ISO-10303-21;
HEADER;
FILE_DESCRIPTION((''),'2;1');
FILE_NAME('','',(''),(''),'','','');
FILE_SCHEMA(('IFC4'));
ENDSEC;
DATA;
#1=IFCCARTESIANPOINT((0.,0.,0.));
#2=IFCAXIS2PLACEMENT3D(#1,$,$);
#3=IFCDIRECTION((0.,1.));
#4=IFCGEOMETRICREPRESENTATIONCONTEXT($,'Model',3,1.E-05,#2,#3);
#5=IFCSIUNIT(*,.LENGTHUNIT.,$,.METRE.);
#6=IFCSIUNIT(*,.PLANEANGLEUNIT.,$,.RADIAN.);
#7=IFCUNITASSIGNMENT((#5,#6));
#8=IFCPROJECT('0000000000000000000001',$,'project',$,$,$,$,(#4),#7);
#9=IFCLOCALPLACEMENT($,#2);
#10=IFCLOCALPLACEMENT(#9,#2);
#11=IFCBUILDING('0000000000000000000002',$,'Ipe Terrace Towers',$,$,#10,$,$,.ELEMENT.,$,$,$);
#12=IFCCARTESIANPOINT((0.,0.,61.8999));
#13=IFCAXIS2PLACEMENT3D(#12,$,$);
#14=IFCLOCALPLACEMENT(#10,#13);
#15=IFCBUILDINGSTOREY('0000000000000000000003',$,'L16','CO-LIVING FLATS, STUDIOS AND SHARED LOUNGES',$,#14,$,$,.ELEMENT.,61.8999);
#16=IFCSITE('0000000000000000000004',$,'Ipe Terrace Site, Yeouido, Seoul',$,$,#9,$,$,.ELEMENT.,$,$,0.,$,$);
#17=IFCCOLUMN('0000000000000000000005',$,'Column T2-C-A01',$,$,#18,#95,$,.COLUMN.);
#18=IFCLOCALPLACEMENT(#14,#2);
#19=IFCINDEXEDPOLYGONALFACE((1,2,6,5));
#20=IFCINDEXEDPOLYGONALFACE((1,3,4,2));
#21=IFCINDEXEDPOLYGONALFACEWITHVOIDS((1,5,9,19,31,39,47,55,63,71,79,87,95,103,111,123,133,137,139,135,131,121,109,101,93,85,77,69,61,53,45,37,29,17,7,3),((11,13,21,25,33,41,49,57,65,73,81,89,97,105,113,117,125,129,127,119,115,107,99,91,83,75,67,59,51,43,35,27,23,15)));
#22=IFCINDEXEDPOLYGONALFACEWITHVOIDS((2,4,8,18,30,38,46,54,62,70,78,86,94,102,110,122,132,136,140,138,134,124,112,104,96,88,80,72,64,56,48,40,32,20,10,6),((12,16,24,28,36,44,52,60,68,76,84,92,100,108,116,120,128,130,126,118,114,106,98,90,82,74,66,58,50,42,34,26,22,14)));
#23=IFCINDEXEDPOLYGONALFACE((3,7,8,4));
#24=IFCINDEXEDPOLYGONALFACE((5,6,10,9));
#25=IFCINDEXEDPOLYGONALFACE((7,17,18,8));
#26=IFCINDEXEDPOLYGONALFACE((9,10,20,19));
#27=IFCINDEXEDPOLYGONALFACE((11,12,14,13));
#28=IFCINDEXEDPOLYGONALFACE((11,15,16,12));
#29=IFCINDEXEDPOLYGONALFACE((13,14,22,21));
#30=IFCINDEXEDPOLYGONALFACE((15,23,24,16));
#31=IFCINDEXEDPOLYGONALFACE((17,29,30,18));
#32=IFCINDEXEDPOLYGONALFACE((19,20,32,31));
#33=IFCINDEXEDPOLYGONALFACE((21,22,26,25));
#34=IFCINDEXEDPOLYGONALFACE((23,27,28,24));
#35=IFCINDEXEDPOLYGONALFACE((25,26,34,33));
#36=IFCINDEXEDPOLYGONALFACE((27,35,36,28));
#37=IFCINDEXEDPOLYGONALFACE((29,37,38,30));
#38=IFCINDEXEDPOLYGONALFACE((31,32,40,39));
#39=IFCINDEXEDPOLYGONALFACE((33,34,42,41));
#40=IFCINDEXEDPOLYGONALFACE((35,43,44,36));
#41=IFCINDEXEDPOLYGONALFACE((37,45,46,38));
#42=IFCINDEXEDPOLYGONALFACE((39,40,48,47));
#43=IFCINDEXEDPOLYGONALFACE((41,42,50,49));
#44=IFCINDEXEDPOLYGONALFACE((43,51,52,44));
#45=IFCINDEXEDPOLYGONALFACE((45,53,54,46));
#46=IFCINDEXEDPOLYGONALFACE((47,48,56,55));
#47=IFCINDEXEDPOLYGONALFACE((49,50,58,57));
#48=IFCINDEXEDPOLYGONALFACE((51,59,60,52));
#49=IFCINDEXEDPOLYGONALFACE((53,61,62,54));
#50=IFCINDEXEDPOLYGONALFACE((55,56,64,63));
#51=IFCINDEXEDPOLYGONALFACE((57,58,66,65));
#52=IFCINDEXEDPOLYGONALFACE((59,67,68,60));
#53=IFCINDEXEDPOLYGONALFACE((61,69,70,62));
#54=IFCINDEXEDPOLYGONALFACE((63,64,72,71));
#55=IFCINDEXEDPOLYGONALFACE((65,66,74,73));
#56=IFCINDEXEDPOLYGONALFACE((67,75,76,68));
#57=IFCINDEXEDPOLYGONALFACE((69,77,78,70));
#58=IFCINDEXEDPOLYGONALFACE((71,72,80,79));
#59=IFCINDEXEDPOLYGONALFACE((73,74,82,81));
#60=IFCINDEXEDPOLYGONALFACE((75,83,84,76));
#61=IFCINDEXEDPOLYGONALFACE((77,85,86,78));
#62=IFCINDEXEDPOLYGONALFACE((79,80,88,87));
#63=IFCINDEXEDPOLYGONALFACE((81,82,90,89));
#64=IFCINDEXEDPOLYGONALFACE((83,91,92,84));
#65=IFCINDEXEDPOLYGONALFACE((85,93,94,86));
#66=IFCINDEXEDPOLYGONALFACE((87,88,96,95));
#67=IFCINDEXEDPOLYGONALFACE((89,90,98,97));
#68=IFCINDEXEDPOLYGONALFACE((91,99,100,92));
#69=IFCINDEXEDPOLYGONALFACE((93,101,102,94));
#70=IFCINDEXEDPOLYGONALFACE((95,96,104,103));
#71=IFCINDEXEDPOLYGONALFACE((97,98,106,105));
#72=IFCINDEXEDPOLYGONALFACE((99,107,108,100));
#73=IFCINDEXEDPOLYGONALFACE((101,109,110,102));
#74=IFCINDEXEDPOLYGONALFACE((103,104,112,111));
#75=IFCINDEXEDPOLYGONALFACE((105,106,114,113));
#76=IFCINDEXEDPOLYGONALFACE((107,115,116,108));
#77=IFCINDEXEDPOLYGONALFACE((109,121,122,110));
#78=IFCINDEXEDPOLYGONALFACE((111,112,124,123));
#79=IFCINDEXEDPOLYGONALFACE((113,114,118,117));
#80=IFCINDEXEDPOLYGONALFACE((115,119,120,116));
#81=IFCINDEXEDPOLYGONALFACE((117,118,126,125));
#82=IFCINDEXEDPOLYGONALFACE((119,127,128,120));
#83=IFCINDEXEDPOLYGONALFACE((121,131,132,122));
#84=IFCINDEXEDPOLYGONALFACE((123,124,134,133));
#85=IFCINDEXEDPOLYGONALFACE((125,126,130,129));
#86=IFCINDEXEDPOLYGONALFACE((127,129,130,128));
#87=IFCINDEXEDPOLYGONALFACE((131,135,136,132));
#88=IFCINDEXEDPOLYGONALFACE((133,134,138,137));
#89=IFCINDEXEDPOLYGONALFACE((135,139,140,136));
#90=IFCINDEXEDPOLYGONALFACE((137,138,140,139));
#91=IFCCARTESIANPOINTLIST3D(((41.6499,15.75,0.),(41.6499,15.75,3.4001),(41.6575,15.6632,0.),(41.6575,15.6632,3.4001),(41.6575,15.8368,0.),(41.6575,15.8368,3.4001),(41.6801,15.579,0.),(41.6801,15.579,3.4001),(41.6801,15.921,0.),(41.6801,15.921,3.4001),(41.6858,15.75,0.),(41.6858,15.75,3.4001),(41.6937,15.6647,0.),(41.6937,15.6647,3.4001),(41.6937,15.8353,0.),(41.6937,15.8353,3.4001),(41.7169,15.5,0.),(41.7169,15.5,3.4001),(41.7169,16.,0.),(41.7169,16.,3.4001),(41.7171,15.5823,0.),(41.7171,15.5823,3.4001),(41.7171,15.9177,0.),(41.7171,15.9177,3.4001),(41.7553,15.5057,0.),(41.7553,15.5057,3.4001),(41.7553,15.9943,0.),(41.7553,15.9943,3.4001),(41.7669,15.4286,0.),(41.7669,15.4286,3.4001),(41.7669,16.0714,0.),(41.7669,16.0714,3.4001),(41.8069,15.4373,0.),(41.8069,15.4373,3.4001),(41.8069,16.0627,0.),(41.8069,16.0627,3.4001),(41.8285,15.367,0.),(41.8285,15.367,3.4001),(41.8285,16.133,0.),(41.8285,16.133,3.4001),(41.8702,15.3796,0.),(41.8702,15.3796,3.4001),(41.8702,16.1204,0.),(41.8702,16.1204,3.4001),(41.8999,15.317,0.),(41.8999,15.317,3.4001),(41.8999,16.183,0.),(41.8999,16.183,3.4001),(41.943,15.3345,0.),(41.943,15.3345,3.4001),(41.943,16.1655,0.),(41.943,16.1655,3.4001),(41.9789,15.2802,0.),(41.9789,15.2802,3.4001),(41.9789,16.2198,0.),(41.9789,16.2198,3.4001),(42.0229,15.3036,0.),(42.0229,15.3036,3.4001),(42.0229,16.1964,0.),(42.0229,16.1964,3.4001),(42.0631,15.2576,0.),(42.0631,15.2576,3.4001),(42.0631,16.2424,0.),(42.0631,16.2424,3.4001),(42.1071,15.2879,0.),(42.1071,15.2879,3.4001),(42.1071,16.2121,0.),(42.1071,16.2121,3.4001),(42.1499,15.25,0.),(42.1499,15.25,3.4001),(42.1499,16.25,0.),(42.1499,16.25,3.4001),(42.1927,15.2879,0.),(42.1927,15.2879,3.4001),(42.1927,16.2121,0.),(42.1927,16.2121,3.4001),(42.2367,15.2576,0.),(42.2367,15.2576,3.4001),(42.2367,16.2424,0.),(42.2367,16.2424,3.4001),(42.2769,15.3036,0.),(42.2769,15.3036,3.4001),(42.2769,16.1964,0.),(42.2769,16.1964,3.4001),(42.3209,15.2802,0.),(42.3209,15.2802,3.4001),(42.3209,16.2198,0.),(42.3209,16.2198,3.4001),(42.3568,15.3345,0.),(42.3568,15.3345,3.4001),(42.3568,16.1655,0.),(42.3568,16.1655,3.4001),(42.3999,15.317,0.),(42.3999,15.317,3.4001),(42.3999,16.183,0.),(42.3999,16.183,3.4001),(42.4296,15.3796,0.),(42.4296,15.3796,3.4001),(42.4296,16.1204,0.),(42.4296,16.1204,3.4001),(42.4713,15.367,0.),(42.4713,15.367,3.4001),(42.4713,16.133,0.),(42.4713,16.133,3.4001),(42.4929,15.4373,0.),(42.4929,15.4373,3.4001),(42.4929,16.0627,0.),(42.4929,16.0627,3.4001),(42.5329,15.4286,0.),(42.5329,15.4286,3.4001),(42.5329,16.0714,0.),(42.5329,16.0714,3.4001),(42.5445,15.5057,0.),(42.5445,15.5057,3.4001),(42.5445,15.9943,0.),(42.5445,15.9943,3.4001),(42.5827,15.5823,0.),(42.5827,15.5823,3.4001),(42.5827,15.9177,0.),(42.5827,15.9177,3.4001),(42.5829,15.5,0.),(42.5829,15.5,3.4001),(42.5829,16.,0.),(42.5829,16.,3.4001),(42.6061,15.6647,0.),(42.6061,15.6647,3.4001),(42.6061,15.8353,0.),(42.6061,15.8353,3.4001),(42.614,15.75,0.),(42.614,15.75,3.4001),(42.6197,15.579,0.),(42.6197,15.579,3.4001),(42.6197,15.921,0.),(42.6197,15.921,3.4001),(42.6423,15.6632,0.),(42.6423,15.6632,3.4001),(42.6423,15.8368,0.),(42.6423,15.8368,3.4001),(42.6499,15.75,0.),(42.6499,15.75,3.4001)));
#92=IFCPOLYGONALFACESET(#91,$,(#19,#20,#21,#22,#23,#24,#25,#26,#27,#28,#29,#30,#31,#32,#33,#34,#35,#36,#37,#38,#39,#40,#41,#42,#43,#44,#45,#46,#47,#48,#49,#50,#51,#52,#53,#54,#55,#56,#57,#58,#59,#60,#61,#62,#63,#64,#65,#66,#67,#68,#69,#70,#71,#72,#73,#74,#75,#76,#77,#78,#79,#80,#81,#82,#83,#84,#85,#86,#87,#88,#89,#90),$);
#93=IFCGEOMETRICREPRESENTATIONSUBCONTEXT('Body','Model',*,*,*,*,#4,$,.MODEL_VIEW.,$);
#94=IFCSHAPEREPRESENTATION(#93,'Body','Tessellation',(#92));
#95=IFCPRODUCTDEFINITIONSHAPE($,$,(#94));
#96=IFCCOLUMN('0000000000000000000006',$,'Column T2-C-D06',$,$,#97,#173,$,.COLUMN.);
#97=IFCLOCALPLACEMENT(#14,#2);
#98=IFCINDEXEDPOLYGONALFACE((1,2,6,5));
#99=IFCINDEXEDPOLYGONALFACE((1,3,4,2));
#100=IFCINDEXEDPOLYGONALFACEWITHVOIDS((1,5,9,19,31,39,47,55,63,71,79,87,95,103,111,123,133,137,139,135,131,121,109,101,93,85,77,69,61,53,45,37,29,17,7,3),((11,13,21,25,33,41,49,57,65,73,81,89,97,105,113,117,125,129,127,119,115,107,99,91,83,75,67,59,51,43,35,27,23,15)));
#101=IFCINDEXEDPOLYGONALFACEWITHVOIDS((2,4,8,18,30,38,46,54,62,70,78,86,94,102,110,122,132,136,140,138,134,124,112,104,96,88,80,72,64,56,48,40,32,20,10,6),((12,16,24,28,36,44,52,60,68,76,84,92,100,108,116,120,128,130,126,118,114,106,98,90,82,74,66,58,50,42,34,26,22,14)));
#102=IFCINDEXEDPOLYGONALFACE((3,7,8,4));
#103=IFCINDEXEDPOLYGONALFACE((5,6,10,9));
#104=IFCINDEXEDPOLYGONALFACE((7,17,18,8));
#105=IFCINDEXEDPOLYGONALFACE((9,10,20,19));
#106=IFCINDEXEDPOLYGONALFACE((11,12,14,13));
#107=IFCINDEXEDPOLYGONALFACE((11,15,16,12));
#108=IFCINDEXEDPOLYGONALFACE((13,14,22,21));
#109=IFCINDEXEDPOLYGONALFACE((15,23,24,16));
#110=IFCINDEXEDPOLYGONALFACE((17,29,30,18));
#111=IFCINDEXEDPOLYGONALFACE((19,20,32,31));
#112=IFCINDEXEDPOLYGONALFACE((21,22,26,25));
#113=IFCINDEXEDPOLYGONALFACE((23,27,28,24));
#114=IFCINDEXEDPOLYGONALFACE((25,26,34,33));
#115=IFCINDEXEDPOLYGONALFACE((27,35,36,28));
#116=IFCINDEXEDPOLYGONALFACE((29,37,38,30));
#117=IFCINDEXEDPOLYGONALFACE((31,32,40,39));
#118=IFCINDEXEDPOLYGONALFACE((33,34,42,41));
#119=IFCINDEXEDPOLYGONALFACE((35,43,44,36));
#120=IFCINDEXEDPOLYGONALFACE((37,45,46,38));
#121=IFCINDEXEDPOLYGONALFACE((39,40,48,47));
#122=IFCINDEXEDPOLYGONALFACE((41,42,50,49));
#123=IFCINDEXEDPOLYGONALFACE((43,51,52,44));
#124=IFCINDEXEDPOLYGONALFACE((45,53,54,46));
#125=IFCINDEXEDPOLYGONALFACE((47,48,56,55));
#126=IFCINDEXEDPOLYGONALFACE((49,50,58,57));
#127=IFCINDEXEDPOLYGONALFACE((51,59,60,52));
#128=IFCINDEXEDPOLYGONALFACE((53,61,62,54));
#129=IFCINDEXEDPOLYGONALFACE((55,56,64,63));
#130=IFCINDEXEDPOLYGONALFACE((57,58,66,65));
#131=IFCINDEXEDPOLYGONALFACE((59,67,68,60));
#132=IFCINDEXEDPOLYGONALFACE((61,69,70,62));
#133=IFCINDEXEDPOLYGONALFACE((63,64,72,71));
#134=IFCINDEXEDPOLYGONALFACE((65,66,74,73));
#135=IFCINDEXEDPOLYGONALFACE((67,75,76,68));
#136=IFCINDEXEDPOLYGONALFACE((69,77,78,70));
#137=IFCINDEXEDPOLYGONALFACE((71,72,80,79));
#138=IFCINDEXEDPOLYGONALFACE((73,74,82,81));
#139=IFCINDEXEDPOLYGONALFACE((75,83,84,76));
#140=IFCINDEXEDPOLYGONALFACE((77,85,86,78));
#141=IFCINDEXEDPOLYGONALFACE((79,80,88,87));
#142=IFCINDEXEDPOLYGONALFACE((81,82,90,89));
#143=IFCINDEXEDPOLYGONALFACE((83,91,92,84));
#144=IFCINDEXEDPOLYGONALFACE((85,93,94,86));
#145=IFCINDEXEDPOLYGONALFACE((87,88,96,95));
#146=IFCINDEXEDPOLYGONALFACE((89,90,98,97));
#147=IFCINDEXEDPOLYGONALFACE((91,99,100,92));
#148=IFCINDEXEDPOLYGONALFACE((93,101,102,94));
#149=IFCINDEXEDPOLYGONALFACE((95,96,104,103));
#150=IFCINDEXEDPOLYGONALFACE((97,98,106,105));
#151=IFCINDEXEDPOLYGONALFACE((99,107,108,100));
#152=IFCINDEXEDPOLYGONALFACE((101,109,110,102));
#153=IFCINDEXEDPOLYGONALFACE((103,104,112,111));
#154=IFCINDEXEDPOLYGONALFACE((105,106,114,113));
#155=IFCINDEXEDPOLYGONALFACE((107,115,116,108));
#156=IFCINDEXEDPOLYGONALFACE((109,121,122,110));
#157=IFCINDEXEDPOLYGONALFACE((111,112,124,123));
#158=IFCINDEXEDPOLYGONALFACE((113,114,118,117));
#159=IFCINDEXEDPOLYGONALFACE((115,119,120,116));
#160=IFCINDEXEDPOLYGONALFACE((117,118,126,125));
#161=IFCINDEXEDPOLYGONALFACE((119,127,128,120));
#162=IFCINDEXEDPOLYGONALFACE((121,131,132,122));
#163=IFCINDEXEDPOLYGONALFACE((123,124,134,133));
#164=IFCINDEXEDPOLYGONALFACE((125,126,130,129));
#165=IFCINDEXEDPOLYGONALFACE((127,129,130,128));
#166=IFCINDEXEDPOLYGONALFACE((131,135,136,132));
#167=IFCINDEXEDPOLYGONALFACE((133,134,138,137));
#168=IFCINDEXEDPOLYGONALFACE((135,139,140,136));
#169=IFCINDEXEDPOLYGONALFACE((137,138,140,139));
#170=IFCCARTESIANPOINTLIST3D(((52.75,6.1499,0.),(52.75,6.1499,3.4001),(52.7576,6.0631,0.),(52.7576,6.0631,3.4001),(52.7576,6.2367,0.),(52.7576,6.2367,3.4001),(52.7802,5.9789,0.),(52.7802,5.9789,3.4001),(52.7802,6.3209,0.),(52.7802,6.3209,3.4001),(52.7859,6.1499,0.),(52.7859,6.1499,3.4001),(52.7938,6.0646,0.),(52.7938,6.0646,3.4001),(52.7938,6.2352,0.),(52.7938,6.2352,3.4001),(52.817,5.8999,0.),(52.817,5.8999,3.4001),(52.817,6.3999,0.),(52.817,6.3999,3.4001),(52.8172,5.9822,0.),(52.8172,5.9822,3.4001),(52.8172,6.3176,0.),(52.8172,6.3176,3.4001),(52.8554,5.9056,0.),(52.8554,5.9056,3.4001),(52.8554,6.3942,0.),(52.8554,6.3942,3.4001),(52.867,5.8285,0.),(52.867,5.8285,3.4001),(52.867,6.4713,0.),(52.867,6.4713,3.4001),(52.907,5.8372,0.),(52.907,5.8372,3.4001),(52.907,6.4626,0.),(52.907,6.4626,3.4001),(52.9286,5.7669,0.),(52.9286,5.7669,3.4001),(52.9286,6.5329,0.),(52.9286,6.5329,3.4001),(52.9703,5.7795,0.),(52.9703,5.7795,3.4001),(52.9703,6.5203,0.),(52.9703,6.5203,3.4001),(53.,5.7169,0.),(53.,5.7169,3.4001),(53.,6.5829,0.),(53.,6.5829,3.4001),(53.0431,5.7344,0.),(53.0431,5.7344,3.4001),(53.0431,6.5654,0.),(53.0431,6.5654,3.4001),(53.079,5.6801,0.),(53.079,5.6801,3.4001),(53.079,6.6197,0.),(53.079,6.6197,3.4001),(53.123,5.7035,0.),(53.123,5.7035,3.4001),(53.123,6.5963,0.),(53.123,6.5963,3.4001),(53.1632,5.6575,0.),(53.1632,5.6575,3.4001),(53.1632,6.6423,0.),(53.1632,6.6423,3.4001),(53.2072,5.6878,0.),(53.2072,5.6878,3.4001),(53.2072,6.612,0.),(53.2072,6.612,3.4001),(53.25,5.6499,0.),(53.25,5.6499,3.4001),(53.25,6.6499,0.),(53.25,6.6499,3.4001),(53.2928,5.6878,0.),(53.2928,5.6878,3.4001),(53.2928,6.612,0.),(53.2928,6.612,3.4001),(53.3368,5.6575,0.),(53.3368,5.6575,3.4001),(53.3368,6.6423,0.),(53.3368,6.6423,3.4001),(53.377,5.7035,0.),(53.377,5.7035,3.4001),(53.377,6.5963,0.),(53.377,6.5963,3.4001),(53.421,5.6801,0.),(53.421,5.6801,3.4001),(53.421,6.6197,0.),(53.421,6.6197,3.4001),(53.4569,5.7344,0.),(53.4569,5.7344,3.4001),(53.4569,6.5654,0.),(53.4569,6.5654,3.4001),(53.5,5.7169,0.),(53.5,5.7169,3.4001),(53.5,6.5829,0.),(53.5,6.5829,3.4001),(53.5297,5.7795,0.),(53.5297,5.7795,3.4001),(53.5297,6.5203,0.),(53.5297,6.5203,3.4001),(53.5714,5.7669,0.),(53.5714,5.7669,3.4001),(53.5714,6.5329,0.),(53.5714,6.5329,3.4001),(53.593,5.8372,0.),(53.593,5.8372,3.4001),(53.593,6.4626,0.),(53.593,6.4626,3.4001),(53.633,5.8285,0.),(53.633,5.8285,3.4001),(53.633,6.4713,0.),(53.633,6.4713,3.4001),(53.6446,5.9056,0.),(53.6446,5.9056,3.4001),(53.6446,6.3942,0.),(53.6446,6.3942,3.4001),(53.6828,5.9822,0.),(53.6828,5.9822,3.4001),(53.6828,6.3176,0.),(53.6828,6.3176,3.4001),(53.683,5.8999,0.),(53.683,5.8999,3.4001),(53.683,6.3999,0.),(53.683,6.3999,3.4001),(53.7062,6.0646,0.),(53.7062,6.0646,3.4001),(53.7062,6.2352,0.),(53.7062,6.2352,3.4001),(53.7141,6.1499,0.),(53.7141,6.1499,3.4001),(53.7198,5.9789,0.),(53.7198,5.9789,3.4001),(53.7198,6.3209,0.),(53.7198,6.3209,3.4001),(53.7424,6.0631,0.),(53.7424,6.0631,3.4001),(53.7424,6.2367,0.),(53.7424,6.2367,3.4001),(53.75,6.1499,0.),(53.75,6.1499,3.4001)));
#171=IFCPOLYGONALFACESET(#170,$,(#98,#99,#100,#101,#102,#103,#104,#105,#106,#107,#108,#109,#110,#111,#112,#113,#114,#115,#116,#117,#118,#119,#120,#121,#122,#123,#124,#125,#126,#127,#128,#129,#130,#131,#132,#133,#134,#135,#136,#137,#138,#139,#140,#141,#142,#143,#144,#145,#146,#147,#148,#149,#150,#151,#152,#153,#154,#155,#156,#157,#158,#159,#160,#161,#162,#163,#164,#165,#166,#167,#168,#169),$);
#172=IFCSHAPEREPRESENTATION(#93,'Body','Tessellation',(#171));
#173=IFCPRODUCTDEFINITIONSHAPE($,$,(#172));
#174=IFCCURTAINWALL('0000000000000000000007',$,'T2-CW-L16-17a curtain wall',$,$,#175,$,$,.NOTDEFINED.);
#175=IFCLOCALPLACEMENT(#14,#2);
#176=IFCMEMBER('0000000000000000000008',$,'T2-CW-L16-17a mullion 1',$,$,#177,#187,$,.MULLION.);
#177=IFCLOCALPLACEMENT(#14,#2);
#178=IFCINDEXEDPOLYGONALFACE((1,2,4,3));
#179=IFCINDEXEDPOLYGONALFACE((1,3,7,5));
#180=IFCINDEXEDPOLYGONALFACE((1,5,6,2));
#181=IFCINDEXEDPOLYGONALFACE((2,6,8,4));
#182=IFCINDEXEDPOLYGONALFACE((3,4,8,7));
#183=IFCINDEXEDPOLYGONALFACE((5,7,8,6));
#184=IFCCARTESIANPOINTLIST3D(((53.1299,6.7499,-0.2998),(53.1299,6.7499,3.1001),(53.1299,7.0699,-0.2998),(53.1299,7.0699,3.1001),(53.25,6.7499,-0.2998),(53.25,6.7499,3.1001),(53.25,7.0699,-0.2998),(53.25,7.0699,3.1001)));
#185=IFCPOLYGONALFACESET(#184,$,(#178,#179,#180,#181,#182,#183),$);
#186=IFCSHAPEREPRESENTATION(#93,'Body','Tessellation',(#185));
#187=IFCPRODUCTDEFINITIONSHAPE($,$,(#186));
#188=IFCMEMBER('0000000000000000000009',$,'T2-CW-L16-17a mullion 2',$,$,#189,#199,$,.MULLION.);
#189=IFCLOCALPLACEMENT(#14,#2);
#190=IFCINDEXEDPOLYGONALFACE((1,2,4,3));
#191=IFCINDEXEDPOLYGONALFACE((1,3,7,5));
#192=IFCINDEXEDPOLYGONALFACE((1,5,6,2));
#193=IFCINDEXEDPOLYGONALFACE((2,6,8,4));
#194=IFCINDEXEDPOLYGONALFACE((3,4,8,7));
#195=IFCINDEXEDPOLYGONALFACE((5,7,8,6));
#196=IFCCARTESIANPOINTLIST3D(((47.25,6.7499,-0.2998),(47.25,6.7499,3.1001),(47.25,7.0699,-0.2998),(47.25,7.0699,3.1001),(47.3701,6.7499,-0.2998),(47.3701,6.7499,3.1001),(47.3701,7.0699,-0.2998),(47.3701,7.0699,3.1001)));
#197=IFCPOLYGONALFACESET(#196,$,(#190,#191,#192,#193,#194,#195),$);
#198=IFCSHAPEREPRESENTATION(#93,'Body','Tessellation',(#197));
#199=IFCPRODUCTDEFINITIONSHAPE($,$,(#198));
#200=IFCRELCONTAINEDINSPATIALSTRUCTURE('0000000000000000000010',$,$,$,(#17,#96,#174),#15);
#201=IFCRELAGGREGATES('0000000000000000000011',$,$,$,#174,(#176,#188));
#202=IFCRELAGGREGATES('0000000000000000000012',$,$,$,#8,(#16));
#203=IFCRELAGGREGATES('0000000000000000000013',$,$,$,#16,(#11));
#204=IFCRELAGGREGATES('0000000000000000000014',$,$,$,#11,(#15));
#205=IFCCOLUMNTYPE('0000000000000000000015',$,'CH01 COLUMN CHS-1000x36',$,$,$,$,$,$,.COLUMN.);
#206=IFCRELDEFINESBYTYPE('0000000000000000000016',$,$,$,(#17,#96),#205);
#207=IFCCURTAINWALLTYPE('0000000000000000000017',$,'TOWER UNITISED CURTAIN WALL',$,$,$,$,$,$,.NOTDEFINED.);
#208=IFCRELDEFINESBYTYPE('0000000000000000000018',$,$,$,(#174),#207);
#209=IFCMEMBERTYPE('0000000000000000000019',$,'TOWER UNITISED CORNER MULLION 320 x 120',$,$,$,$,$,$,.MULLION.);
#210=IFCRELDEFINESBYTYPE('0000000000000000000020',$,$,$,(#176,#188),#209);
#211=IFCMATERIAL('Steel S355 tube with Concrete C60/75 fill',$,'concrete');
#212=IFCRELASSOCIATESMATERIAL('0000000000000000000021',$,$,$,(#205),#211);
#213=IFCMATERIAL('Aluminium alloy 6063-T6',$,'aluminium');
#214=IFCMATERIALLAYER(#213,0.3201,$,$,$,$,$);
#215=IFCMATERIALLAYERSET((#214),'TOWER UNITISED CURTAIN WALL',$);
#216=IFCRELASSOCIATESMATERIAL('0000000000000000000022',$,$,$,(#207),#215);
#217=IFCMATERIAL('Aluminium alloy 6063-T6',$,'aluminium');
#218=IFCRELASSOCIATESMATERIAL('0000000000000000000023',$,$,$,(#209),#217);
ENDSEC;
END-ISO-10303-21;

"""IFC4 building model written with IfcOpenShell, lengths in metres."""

from ifc_helpers import new_model, si_unit, direction, frame, origin, origin_2d, place, context, subcontext, project, spatial, rectangle, hollow_circle, extrude, material, layer, layer_set, material_profile, profile_set, type_object, element, aggregate, save


model = new_model("IFC4")

# Units and contexts
model_context = context("Model", 3, precision=1e-05, world=origin(), true_north=direction((0.0, 1.0)))
body_context = subcontext(model_context, "Body", "Model", "MODEL_VIEW")
ifc_project = project(units=[si_unit("LENGTHUNIT", "METRE"), si_unit("PLANEANGLEUNIT", "RADIAN")], contexts=[model_context])

# Site, building, storey
site_placement = place(None, origin())
site = spatial("IfcSite", under=ifc_project, at=site_placement, Name="Ipe Terrace Site, Yeouido, Seoul", CompositionType="ELEMENT", RefElevation=0.0)
building_placement = place(site_placement, origin())
building = spatial("IfcBuilding", under=site, at=building_placement, Name="Ipe Terrace Towers", CompositionType="ELEMENT")
storey_placement = place(building_placement, frame((0.0, 0.0, 61.8999)))
storey = spatial("IfcBuildingStorey", under=building, at=storey_placement, Name="L16", Description="CO-LIVING FLATS, STUDIOS AND SHARED LOUNGES", CompositionType="ELEMENT", Elevation=61.8999)

# Columns
ifc_material_1 = material(Name="Steel S355 tube with Concrete C60/75 fill", Category="concrete")
ifc_material_profile_1 = material_profile(ifc_material_1, hollow_circle(Radius=0.5, WallThickness=0.0359, at=origin_2d()), Name="CHS-1000x36")
ifc_profile_set_1 = profile_set([ifc_material_profile_1], Name="Steel S355 tube with Concrete C60/75 fill")
column_type = type_object("IfcColumnType", Name="CH01 COLUMN CHS-1000x36", PredefinedType="COLUMN", material=ifc_profile_set_1)
for number, where, z_axis, x_axis, name in (
    (1, (42.1499, 15.75, 0.0), (0.0, 0.0, 1.0), (1.0, 0.0, 0.0), "Column T2-C-A01"),
    (2, (53.25, 6.1499, 0.0), (0.0, 0.0, 1.0), (1.0, 0.0, 0.0), "Column T2-C-D06"),
):
    element("IfcColumn", number, at=place(storey_placement, frame(where, z_axis=z_axis, x_axis=x_axis)), inside=storey, type_object=column_type, Name=name, PredefinedType="COLUMN", context=body_context, shape_type="SweptSolid", body=[
        extrude(hollow_circle(Radius=0.5, WallThickness=0.0359, at=origin_2d()), origin(), (0.0, 0.0, 1.0), 3.4001),
    ])

# Curtain wall, members
ifc_material_2 = material(Name="Aluminium alloy 6063-T6", Category="aluminium")
ifc_layer_1 = layer(ifc_material_2, 0.3201)
ifc_layer_set_1 = layer_set([ifc_layer_1], Name="TOWER UNITISED CURTAIN WALL")
curtain_wall_type = type_object("IfcCurtainWallType", Name="TOWER UNITISED CURTAIN WALL", PredefinedType="NOTDEFINED", material=ifc_layer_set_1)
curtain_wall_1_placement = place(storey_placement, origin())
curtain_wall_1 = element("IfcCurtainWall", 3, at=curtain_wall_1_placement, inside=storey, type_object=curtain_wall_type, Name="T2-CW-L16-17a curtain wall", PredefinedType="NOTDEFINED")
ifc_material_3 = material(Name="Aluminium alloy 6063-T6", Category="aluminium")
ifc_material_profile_2 = material_profile(ifc_material_3, rectangle(XDim=0.3201, YDim=0.1201, at=origin_2d()), Name="TOWER UNITISED CORNER MULLION 320 x 120")
ifc_profile_set_2 = profile_set([ifc_material_profile_2], Name="Aluminium alloy 6063-T6")
member_type = type_object("IfcMemberType", Name="TOWER UNITISED CORNER MULLION 320 x 120", PredefinedType="MULLION", material=ifc_profile_set_2)
member_1_placement = place(storey_placement, frame((53.1899, 6.9099, -0.2998), z_axis=(0.0, 0.0, 1.0), x_axis=(0.0, 1.0, 0.0)))
member_1 = element("IfcMember", 4, at=member_1_placement, type_object=member_type, Name="T2-CW-L16-17a mullion 1", PredefinedType="MULLION", context=body_context, shape_type="SweptSolid", body=[
    extrude(rectangle(XDim=0.3201, YDim=0.1201, at=origin_2d()), origin(), (0.0, 0.0, 1.0), 3.3999),
])
member_2_placement = place(storey_placement, frame((47.3101, 6.9099, -0.2998), z_axis=(0.0, 0.0, 1.0), x_axis=(0.0, 1.0, 0.0)))
member_2 = element("IfcMember", 5, at=member_2_placement, type_object=member_type, Name="T2-CW-L16-17a mullion 2", PredefinedType="MULLION", context=body_context, shape_type="SweptSolid", body=[
    extrude(rectangle(XDim=0.3201, YDim=0.1201, at=origin_2d()), origin(), (0.0, 0.0, 1.0), 3.3999),
])

aggregate(curtain_wall_1, [member_1, member_2])

save(model, "model.ifc")
